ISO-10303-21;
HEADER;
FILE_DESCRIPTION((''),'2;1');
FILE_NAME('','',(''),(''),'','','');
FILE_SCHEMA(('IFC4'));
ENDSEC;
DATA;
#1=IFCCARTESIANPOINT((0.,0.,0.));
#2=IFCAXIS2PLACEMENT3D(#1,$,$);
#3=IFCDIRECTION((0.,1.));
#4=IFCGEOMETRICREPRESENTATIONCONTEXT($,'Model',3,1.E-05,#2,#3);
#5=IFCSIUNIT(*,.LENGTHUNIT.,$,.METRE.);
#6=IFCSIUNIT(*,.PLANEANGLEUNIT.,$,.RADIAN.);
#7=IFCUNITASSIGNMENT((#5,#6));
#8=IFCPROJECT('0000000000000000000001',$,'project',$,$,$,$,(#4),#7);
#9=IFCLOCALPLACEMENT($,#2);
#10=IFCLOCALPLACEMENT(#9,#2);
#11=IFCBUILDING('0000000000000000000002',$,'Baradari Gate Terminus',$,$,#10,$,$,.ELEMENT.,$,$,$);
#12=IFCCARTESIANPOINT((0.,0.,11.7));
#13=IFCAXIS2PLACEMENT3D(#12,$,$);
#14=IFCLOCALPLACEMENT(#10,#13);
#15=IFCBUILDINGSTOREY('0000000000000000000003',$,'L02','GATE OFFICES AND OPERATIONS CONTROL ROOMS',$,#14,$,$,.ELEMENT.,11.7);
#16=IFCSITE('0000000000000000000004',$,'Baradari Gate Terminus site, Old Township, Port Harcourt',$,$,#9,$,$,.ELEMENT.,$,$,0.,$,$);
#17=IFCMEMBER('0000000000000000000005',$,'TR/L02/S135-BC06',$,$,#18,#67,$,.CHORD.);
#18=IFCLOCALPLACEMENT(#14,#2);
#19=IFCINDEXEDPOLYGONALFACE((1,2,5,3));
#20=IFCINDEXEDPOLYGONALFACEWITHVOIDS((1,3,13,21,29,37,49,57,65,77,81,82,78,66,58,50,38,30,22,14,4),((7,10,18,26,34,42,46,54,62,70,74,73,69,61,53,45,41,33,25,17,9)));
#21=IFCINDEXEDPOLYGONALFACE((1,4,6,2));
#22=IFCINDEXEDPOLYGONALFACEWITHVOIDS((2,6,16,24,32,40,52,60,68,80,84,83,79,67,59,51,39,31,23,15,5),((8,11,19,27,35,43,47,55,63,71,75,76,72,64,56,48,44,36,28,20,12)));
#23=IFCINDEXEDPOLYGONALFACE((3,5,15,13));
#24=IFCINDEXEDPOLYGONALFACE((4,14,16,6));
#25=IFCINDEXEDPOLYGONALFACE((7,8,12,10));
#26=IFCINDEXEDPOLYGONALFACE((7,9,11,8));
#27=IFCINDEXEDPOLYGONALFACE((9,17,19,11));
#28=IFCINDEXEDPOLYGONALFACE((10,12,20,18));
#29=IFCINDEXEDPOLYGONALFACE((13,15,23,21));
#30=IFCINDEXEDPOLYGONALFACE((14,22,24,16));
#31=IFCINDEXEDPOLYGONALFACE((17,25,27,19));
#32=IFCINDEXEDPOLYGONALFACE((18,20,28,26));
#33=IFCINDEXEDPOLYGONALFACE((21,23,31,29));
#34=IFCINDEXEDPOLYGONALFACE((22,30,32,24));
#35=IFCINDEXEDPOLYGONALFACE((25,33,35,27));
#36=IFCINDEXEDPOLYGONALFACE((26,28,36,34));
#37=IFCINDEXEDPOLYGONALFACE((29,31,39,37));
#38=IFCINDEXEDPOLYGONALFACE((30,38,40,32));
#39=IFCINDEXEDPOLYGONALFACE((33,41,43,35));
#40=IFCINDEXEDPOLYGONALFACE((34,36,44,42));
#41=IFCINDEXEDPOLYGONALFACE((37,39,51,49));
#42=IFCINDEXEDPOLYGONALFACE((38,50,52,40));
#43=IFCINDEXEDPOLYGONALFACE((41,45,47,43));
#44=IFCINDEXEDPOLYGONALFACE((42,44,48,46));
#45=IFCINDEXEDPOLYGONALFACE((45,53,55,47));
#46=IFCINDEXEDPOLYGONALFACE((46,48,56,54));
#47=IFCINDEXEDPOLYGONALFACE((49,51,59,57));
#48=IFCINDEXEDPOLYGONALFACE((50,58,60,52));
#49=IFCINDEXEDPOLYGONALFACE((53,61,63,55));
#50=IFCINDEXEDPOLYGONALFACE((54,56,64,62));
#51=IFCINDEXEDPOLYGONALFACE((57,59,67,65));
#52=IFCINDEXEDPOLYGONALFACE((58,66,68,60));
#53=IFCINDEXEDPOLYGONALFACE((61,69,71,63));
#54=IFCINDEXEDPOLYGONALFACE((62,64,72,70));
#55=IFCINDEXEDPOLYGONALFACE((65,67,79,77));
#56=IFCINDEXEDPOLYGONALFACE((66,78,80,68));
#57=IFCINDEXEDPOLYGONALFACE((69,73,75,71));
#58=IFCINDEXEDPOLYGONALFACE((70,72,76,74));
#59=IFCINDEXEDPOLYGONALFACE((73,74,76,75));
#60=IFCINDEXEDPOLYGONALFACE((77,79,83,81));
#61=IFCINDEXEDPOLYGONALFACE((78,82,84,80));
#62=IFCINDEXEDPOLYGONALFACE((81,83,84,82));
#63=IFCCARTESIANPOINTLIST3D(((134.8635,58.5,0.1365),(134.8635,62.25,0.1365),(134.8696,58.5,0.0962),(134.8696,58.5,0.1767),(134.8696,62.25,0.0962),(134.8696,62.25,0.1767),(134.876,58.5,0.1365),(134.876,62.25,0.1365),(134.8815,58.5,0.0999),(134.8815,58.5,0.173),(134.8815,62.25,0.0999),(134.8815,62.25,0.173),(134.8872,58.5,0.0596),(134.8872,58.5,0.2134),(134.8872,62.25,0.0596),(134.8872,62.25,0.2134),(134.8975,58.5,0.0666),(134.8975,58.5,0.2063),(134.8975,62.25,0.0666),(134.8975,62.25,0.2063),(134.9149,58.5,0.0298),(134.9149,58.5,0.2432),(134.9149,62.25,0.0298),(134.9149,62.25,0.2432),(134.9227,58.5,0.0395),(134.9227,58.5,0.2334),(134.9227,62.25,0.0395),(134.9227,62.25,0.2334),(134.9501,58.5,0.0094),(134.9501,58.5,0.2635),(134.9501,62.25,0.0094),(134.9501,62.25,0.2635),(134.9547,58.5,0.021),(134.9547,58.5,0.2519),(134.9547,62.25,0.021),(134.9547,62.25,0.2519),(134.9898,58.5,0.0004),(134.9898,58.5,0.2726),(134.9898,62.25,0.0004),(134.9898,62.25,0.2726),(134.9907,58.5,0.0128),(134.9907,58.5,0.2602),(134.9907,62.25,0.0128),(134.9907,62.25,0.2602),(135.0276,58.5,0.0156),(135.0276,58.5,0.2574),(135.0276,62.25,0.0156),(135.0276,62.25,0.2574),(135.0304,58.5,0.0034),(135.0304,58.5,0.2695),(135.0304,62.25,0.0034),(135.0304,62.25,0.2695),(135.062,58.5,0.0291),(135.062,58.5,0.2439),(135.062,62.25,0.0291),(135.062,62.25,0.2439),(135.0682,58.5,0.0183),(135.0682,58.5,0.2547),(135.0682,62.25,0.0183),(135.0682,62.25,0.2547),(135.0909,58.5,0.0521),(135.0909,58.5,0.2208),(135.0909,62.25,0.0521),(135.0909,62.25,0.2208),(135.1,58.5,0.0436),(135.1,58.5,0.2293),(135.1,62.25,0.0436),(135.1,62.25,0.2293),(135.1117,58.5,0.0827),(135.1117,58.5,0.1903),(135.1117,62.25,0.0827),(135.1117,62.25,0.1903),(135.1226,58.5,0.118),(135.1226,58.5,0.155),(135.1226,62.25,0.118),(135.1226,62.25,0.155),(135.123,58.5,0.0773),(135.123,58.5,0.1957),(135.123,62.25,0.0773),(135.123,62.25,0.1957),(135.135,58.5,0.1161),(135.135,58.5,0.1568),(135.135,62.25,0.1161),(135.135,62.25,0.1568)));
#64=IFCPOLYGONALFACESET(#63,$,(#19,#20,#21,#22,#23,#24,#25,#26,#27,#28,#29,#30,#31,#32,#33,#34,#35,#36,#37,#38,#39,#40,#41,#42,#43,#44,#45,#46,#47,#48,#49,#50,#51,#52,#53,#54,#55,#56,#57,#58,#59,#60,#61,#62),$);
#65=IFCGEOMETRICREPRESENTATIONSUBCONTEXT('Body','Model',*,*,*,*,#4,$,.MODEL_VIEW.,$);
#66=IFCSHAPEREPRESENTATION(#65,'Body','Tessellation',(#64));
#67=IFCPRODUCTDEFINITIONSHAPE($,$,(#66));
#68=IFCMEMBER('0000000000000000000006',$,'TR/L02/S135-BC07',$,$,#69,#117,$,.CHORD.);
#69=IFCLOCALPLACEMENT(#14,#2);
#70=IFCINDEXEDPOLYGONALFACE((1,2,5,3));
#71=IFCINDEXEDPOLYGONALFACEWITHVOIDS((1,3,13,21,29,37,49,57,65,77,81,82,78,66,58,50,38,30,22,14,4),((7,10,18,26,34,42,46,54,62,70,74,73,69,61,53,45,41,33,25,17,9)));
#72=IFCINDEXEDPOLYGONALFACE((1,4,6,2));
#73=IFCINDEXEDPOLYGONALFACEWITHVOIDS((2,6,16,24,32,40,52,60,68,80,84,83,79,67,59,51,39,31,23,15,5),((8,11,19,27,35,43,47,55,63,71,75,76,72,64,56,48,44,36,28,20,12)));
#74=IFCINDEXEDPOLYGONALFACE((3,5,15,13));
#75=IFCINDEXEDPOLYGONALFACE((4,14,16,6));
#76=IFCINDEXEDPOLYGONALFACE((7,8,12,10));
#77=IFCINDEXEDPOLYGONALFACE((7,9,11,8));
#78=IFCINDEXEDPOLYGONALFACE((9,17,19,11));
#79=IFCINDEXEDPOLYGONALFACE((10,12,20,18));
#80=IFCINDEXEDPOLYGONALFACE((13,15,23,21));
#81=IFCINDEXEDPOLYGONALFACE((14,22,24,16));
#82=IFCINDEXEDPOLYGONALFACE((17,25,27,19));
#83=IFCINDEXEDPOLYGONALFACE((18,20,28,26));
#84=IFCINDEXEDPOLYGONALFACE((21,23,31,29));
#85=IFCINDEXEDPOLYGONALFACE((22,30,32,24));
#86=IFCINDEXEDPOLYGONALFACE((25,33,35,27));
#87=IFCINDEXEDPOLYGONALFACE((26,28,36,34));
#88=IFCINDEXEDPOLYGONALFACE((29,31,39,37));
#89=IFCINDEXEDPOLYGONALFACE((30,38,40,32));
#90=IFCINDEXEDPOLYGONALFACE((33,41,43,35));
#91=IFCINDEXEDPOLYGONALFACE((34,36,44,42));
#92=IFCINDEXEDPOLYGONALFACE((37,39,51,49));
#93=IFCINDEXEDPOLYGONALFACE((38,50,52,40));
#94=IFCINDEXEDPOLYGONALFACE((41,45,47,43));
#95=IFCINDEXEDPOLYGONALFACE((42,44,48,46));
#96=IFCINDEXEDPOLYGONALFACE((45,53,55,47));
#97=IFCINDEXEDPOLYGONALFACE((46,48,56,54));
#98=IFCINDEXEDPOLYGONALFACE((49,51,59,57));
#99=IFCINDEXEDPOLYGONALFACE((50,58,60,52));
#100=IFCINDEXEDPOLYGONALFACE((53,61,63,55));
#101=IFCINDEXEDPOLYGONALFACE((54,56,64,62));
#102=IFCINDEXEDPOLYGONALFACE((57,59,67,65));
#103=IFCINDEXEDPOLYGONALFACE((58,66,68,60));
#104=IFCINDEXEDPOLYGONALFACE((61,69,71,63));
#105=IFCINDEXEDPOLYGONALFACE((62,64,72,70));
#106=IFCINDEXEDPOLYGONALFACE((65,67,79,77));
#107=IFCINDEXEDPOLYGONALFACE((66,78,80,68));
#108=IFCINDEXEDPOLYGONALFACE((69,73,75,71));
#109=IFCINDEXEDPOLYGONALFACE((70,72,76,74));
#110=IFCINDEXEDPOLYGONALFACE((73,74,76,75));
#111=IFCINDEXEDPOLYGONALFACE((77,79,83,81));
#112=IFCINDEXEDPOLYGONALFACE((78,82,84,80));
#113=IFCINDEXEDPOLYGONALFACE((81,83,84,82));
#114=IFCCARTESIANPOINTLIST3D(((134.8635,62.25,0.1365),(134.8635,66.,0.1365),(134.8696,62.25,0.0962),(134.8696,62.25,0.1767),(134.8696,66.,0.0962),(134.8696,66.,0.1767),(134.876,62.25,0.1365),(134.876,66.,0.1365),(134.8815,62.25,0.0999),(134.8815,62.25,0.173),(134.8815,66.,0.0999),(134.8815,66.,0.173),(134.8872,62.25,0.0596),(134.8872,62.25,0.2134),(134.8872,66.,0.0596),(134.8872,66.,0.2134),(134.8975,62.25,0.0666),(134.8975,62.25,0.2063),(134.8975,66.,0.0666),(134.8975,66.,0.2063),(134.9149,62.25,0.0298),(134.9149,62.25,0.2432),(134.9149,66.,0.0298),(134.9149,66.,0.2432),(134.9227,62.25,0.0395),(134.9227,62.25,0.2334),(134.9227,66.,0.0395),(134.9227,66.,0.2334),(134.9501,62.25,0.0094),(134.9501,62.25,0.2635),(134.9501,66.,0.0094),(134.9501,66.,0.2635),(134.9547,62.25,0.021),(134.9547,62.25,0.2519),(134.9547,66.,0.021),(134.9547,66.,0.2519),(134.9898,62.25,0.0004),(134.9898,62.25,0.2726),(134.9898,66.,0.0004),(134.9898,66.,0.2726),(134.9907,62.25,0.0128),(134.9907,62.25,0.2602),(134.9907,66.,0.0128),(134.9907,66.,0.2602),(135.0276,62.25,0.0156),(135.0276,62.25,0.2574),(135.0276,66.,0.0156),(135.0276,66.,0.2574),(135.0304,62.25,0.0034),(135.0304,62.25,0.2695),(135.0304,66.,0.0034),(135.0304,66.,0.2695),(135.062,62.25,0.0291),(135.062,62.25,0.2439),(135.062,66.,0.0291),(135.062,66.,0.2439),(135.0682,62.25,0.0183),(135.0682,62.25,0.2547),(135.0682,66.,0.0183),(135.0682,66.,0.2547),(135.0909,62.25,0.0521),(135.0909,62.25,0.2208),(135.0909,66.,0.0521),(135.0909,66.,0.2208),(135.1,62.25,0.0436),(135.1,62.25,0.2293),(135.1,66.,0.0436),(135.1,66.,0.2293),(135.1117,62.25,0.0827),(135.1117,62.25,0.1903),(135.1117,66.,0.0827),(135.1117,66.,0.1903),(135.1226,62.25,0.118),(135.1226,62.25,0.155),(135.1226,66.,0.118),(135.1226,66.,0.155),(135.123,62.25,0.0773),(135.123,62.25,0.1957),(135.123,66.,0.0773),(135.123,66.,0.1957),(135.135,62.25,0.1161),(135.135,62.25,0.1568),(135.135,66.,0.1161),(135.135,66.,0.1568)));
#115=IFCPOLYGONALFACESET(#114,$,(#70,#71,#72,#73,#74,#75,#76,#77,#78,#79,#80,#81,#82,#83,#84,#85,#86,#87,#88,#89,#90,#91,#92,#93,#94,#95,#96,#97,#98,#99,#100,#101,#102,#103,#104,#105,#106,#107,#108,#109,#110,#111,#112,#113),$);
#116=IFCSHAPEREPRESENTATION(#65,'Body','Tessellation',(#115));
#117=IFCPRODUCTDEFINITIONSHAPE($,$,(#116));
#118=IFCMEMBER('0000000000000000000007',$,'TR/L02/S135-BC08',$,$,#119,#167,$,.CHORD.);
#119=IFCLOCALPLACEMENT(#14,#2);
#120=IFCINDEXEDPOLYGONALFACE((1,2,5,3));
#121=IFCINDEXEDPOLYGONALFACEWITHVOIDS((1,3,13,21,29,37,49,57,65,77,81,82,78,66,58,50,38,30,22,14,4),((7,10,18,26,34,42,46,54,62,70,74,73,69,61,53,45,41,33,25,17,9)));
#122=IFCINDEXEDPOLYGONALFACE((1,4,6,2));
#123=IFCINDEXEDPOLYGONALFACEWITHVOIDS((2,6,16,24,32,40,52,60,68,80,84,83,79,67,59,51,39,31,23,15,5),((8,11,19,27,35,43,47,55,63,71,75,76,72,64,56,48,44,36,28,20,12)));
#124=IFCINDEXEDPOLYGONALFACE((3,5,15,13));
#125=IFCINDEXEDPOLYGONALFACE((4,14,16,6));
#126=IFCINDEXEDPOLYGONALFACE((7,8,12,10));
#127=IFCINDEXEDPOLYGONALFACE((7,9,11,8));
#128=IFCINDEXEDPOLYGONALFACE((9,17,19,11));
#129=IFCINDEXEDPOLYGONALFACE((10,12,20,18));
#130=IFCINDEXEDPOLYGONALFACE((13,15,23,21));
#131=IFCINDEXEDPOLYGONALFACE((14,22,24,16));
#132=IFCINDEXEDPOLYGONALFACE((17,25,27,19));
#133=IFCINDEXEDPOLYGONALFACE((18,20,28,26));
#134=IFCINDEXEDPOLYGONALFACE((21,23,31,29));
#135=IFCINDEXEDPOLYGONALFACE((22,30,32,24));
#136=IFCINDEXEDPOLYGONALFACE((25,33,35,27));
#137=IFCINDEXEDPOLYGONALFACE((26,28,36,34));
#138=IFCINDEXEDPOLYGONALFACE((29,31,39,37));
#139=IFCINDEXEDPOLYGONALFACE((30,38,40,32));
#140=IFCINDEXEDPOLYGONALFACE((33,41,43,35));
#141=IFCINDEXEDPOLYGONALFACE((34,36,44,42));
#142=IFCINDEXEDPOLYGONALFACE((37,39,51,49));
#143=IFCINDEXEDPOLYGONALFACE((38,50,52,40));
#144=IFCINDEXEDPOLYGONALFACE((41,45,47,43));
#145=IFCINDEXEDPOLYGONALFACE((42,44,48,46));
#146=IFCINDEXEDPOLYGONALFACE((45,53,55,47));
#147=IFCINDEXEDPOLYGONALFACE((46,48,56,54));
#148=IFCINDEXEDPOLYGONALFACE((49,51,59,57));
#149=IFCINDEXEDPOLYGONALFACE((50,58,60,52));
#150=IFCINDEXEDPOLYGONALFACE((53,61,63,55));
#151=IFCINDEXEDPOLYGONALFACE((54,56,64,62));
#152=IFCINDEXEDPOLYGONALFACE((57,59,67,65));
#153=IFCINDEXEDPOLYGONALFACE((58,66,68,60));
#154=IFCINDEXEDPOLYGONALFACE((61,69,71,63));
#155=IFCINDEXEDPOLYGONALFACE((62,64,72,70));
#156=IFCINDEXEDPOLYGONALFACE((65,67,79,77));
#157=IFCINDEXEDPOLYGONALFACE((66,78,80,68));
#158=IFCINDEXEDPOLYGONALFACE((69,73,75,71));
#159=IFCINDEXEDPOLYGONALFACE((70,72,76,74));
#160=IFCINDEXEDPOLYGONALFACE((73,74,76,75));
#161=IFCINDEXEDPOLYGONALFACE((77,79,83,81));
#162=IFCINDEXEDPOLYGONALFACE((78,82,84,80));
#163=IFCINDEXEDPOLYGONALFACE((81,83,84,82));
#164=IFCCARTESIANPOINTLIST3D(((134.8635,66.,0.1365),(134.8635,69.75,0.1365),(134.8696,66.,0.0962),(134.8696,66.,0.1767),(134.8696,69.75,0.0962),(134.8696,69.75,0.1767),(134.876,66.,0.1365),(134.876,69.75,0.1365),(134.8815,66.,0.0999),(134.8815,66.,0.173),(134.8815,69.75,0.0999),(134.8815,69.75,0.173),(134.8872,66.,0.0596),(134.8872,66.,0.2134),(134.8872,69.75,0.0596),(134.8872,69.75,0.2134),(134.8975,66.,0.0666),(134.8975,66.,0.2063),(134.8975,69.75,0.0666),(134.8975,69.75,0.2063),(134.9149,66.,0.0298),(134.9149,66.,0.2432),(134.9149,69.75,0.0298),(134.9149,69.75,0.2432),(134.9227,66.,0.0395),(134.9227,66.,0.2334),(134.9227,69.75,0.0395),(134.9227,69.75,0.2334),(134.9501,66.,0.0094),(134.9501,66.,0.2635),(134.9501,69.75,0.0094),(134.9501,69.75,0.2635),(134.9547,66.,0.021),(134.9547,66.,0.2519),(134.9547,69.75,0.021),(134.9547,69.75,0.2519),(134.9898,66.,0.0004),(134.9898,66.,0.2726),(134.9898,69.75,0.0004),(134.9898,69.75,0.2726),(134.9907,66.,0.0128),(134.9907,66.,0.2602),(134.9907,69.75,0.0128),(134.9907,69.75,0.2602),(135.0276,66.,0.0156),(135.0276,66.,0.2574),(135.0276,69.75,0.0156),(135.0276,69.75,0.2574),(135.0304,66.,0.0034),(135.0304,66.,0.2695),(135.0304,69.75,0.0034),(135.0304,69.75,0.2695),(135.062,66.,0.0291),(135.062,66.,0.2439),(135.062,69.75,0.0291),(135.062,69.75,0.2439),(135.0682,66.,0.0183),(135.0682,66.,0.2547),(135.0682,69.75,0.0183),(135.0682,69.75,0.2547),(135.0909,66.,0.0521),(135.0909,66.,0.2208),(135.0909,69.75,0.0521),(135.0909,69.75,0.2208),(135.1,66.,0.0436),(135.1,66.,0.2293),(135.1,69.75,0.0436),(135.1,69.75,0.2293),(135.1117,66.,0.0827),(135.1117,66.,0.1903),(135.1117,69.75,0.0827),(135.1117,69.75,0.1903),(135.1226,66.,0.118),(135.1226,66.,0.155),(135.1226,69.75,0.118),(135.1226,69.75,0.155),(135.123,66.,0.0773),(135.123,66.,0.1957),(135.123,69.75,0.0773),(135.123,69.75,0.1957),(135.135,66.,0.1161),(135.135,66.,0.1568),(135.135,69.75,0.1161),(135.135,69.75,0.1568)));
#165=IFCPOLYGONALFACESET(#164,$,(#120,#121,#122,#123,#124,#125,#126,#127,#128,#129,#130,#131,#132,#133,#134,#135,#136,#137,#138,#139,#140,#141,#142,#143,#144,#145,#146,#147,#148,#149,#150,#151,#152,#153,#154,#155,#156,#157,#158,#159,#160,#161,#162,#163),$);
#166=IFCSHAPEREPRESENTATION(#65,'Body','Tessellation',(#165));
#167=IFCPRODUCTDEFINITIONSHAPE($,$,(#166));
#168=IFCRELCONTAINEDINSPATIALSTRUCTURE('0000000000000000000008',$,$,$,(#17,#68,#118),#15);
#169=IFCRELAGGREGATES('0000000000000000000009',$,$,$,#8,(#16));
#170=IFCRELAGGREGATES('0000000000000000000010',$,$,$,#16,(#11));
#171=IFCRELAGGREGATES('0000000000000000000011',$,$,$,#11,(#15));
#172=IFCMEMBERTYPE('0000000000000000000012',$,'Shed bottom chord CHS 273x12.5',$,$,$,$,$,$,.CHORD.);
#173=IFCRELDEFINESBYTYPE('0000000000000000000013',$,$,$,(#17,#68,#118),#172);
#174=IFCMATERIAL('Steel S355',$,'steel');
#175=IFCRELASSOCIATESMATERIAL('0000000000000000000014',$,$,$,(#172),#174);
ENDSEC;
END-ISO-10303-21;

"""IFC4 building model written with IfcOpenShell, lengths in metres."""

from ifc_helpers import new_model, si_unit, direction, frame, origin, origin_2d, place, context, subcontext, project, spatial, hollow_circle, extrude, material, material_profile, profile_set, type_object, element, save


model = new_model("IFC4")

# Units and contexts
model_context = context("Model", 3, precision=1e-05, world=origin(), true_north=direction((0.0, 1.0)))
body_context = subcontext(model_context, "Body", "Model", "MODEL_VIEW")
ifc_project = project(units=[si_unit("LENGTHUNIT", "METRE"), si_unit("PLANEANGLEUNIT", "RADIAN")], contexts=[model_context])

# Site, building, storey
site_placement = place(None, origin())
site = spatial("IfcSite", under=ifc_project, at=site_placement, Name="Baradari Gate Terminus site, Old Township, Port Harcourt", CompositionType="ELEMENT", RefElevation=0.0)
building_placement = place(site_placement, origin())
building = spatial("IfcBuilding", under=site, at=building_placement, Name="Baradari Gate Terminus", CompositionType="ELEMENT")
storey_placement = place(building_placement, frame((0.0, 0.0, 11.7)))
storey = spatial("IfcBuildingStorey", under=building, at=storey_placement, Name="L02", Description="GATE OFFICES AND OPERATIONS CONTROL ROOMS", CompositionType="ELEMENT", Elevation=11.7)

# Members
ifc_material_1 = material(Name="Steel S355", Category="steel")
ifc_material_profile_1 = material_profile(ifc_material_1, hollow_circle(Radius=0.1365, WallThickness=0.0125, at=origin_2d()), Name="CHS 273x12.5")
ifc_profile_set_1 = profile_set([ifc_material_profile_1], Name="Steel S355")
member_type_1 = type_object("IfcMemberType", Name="Shed bottom chord CHS 273x12.5", PredefinedType="CHORD", material=ifc_profile_set_1)
for number, where, z_axis, x_axis, name in (
    (1, (135.0, 58.5, 0.1365), (0.0, 1.0, 0.0), (-1.0, 0.0, 0.0), "TR/L02/S135-BC06"),
    (2, (135.0, 62.25, 0.1365), (0.0, 1.0, 0.0), (-1.0, 0.0, 0.0), "TR/L02/S135-BC07"),
    (3, (135.0, 66.0, 0.1365), (0.0, 1.0, 0.0), (-1.0, 0.0, 0.0), "TR/L02/S135-BC08"),
):
    element("IfcMember", number, at=place(storey_placement, frame(where, z_axis=z_axis, x_axis=x_axis)), inside=storey, type_object=member_type_1, Name=name, PredefinedType="CHORD", context=body_context, shape_type="SweptSolid", body=[
        extrude(hollow_circle(Radius=0.1365, WallThickness=0.0125, at=origin_2d()), origin(), (0.0, 0.0, 1.0), 3.75),
    ])

save(model, "model.ifc")
